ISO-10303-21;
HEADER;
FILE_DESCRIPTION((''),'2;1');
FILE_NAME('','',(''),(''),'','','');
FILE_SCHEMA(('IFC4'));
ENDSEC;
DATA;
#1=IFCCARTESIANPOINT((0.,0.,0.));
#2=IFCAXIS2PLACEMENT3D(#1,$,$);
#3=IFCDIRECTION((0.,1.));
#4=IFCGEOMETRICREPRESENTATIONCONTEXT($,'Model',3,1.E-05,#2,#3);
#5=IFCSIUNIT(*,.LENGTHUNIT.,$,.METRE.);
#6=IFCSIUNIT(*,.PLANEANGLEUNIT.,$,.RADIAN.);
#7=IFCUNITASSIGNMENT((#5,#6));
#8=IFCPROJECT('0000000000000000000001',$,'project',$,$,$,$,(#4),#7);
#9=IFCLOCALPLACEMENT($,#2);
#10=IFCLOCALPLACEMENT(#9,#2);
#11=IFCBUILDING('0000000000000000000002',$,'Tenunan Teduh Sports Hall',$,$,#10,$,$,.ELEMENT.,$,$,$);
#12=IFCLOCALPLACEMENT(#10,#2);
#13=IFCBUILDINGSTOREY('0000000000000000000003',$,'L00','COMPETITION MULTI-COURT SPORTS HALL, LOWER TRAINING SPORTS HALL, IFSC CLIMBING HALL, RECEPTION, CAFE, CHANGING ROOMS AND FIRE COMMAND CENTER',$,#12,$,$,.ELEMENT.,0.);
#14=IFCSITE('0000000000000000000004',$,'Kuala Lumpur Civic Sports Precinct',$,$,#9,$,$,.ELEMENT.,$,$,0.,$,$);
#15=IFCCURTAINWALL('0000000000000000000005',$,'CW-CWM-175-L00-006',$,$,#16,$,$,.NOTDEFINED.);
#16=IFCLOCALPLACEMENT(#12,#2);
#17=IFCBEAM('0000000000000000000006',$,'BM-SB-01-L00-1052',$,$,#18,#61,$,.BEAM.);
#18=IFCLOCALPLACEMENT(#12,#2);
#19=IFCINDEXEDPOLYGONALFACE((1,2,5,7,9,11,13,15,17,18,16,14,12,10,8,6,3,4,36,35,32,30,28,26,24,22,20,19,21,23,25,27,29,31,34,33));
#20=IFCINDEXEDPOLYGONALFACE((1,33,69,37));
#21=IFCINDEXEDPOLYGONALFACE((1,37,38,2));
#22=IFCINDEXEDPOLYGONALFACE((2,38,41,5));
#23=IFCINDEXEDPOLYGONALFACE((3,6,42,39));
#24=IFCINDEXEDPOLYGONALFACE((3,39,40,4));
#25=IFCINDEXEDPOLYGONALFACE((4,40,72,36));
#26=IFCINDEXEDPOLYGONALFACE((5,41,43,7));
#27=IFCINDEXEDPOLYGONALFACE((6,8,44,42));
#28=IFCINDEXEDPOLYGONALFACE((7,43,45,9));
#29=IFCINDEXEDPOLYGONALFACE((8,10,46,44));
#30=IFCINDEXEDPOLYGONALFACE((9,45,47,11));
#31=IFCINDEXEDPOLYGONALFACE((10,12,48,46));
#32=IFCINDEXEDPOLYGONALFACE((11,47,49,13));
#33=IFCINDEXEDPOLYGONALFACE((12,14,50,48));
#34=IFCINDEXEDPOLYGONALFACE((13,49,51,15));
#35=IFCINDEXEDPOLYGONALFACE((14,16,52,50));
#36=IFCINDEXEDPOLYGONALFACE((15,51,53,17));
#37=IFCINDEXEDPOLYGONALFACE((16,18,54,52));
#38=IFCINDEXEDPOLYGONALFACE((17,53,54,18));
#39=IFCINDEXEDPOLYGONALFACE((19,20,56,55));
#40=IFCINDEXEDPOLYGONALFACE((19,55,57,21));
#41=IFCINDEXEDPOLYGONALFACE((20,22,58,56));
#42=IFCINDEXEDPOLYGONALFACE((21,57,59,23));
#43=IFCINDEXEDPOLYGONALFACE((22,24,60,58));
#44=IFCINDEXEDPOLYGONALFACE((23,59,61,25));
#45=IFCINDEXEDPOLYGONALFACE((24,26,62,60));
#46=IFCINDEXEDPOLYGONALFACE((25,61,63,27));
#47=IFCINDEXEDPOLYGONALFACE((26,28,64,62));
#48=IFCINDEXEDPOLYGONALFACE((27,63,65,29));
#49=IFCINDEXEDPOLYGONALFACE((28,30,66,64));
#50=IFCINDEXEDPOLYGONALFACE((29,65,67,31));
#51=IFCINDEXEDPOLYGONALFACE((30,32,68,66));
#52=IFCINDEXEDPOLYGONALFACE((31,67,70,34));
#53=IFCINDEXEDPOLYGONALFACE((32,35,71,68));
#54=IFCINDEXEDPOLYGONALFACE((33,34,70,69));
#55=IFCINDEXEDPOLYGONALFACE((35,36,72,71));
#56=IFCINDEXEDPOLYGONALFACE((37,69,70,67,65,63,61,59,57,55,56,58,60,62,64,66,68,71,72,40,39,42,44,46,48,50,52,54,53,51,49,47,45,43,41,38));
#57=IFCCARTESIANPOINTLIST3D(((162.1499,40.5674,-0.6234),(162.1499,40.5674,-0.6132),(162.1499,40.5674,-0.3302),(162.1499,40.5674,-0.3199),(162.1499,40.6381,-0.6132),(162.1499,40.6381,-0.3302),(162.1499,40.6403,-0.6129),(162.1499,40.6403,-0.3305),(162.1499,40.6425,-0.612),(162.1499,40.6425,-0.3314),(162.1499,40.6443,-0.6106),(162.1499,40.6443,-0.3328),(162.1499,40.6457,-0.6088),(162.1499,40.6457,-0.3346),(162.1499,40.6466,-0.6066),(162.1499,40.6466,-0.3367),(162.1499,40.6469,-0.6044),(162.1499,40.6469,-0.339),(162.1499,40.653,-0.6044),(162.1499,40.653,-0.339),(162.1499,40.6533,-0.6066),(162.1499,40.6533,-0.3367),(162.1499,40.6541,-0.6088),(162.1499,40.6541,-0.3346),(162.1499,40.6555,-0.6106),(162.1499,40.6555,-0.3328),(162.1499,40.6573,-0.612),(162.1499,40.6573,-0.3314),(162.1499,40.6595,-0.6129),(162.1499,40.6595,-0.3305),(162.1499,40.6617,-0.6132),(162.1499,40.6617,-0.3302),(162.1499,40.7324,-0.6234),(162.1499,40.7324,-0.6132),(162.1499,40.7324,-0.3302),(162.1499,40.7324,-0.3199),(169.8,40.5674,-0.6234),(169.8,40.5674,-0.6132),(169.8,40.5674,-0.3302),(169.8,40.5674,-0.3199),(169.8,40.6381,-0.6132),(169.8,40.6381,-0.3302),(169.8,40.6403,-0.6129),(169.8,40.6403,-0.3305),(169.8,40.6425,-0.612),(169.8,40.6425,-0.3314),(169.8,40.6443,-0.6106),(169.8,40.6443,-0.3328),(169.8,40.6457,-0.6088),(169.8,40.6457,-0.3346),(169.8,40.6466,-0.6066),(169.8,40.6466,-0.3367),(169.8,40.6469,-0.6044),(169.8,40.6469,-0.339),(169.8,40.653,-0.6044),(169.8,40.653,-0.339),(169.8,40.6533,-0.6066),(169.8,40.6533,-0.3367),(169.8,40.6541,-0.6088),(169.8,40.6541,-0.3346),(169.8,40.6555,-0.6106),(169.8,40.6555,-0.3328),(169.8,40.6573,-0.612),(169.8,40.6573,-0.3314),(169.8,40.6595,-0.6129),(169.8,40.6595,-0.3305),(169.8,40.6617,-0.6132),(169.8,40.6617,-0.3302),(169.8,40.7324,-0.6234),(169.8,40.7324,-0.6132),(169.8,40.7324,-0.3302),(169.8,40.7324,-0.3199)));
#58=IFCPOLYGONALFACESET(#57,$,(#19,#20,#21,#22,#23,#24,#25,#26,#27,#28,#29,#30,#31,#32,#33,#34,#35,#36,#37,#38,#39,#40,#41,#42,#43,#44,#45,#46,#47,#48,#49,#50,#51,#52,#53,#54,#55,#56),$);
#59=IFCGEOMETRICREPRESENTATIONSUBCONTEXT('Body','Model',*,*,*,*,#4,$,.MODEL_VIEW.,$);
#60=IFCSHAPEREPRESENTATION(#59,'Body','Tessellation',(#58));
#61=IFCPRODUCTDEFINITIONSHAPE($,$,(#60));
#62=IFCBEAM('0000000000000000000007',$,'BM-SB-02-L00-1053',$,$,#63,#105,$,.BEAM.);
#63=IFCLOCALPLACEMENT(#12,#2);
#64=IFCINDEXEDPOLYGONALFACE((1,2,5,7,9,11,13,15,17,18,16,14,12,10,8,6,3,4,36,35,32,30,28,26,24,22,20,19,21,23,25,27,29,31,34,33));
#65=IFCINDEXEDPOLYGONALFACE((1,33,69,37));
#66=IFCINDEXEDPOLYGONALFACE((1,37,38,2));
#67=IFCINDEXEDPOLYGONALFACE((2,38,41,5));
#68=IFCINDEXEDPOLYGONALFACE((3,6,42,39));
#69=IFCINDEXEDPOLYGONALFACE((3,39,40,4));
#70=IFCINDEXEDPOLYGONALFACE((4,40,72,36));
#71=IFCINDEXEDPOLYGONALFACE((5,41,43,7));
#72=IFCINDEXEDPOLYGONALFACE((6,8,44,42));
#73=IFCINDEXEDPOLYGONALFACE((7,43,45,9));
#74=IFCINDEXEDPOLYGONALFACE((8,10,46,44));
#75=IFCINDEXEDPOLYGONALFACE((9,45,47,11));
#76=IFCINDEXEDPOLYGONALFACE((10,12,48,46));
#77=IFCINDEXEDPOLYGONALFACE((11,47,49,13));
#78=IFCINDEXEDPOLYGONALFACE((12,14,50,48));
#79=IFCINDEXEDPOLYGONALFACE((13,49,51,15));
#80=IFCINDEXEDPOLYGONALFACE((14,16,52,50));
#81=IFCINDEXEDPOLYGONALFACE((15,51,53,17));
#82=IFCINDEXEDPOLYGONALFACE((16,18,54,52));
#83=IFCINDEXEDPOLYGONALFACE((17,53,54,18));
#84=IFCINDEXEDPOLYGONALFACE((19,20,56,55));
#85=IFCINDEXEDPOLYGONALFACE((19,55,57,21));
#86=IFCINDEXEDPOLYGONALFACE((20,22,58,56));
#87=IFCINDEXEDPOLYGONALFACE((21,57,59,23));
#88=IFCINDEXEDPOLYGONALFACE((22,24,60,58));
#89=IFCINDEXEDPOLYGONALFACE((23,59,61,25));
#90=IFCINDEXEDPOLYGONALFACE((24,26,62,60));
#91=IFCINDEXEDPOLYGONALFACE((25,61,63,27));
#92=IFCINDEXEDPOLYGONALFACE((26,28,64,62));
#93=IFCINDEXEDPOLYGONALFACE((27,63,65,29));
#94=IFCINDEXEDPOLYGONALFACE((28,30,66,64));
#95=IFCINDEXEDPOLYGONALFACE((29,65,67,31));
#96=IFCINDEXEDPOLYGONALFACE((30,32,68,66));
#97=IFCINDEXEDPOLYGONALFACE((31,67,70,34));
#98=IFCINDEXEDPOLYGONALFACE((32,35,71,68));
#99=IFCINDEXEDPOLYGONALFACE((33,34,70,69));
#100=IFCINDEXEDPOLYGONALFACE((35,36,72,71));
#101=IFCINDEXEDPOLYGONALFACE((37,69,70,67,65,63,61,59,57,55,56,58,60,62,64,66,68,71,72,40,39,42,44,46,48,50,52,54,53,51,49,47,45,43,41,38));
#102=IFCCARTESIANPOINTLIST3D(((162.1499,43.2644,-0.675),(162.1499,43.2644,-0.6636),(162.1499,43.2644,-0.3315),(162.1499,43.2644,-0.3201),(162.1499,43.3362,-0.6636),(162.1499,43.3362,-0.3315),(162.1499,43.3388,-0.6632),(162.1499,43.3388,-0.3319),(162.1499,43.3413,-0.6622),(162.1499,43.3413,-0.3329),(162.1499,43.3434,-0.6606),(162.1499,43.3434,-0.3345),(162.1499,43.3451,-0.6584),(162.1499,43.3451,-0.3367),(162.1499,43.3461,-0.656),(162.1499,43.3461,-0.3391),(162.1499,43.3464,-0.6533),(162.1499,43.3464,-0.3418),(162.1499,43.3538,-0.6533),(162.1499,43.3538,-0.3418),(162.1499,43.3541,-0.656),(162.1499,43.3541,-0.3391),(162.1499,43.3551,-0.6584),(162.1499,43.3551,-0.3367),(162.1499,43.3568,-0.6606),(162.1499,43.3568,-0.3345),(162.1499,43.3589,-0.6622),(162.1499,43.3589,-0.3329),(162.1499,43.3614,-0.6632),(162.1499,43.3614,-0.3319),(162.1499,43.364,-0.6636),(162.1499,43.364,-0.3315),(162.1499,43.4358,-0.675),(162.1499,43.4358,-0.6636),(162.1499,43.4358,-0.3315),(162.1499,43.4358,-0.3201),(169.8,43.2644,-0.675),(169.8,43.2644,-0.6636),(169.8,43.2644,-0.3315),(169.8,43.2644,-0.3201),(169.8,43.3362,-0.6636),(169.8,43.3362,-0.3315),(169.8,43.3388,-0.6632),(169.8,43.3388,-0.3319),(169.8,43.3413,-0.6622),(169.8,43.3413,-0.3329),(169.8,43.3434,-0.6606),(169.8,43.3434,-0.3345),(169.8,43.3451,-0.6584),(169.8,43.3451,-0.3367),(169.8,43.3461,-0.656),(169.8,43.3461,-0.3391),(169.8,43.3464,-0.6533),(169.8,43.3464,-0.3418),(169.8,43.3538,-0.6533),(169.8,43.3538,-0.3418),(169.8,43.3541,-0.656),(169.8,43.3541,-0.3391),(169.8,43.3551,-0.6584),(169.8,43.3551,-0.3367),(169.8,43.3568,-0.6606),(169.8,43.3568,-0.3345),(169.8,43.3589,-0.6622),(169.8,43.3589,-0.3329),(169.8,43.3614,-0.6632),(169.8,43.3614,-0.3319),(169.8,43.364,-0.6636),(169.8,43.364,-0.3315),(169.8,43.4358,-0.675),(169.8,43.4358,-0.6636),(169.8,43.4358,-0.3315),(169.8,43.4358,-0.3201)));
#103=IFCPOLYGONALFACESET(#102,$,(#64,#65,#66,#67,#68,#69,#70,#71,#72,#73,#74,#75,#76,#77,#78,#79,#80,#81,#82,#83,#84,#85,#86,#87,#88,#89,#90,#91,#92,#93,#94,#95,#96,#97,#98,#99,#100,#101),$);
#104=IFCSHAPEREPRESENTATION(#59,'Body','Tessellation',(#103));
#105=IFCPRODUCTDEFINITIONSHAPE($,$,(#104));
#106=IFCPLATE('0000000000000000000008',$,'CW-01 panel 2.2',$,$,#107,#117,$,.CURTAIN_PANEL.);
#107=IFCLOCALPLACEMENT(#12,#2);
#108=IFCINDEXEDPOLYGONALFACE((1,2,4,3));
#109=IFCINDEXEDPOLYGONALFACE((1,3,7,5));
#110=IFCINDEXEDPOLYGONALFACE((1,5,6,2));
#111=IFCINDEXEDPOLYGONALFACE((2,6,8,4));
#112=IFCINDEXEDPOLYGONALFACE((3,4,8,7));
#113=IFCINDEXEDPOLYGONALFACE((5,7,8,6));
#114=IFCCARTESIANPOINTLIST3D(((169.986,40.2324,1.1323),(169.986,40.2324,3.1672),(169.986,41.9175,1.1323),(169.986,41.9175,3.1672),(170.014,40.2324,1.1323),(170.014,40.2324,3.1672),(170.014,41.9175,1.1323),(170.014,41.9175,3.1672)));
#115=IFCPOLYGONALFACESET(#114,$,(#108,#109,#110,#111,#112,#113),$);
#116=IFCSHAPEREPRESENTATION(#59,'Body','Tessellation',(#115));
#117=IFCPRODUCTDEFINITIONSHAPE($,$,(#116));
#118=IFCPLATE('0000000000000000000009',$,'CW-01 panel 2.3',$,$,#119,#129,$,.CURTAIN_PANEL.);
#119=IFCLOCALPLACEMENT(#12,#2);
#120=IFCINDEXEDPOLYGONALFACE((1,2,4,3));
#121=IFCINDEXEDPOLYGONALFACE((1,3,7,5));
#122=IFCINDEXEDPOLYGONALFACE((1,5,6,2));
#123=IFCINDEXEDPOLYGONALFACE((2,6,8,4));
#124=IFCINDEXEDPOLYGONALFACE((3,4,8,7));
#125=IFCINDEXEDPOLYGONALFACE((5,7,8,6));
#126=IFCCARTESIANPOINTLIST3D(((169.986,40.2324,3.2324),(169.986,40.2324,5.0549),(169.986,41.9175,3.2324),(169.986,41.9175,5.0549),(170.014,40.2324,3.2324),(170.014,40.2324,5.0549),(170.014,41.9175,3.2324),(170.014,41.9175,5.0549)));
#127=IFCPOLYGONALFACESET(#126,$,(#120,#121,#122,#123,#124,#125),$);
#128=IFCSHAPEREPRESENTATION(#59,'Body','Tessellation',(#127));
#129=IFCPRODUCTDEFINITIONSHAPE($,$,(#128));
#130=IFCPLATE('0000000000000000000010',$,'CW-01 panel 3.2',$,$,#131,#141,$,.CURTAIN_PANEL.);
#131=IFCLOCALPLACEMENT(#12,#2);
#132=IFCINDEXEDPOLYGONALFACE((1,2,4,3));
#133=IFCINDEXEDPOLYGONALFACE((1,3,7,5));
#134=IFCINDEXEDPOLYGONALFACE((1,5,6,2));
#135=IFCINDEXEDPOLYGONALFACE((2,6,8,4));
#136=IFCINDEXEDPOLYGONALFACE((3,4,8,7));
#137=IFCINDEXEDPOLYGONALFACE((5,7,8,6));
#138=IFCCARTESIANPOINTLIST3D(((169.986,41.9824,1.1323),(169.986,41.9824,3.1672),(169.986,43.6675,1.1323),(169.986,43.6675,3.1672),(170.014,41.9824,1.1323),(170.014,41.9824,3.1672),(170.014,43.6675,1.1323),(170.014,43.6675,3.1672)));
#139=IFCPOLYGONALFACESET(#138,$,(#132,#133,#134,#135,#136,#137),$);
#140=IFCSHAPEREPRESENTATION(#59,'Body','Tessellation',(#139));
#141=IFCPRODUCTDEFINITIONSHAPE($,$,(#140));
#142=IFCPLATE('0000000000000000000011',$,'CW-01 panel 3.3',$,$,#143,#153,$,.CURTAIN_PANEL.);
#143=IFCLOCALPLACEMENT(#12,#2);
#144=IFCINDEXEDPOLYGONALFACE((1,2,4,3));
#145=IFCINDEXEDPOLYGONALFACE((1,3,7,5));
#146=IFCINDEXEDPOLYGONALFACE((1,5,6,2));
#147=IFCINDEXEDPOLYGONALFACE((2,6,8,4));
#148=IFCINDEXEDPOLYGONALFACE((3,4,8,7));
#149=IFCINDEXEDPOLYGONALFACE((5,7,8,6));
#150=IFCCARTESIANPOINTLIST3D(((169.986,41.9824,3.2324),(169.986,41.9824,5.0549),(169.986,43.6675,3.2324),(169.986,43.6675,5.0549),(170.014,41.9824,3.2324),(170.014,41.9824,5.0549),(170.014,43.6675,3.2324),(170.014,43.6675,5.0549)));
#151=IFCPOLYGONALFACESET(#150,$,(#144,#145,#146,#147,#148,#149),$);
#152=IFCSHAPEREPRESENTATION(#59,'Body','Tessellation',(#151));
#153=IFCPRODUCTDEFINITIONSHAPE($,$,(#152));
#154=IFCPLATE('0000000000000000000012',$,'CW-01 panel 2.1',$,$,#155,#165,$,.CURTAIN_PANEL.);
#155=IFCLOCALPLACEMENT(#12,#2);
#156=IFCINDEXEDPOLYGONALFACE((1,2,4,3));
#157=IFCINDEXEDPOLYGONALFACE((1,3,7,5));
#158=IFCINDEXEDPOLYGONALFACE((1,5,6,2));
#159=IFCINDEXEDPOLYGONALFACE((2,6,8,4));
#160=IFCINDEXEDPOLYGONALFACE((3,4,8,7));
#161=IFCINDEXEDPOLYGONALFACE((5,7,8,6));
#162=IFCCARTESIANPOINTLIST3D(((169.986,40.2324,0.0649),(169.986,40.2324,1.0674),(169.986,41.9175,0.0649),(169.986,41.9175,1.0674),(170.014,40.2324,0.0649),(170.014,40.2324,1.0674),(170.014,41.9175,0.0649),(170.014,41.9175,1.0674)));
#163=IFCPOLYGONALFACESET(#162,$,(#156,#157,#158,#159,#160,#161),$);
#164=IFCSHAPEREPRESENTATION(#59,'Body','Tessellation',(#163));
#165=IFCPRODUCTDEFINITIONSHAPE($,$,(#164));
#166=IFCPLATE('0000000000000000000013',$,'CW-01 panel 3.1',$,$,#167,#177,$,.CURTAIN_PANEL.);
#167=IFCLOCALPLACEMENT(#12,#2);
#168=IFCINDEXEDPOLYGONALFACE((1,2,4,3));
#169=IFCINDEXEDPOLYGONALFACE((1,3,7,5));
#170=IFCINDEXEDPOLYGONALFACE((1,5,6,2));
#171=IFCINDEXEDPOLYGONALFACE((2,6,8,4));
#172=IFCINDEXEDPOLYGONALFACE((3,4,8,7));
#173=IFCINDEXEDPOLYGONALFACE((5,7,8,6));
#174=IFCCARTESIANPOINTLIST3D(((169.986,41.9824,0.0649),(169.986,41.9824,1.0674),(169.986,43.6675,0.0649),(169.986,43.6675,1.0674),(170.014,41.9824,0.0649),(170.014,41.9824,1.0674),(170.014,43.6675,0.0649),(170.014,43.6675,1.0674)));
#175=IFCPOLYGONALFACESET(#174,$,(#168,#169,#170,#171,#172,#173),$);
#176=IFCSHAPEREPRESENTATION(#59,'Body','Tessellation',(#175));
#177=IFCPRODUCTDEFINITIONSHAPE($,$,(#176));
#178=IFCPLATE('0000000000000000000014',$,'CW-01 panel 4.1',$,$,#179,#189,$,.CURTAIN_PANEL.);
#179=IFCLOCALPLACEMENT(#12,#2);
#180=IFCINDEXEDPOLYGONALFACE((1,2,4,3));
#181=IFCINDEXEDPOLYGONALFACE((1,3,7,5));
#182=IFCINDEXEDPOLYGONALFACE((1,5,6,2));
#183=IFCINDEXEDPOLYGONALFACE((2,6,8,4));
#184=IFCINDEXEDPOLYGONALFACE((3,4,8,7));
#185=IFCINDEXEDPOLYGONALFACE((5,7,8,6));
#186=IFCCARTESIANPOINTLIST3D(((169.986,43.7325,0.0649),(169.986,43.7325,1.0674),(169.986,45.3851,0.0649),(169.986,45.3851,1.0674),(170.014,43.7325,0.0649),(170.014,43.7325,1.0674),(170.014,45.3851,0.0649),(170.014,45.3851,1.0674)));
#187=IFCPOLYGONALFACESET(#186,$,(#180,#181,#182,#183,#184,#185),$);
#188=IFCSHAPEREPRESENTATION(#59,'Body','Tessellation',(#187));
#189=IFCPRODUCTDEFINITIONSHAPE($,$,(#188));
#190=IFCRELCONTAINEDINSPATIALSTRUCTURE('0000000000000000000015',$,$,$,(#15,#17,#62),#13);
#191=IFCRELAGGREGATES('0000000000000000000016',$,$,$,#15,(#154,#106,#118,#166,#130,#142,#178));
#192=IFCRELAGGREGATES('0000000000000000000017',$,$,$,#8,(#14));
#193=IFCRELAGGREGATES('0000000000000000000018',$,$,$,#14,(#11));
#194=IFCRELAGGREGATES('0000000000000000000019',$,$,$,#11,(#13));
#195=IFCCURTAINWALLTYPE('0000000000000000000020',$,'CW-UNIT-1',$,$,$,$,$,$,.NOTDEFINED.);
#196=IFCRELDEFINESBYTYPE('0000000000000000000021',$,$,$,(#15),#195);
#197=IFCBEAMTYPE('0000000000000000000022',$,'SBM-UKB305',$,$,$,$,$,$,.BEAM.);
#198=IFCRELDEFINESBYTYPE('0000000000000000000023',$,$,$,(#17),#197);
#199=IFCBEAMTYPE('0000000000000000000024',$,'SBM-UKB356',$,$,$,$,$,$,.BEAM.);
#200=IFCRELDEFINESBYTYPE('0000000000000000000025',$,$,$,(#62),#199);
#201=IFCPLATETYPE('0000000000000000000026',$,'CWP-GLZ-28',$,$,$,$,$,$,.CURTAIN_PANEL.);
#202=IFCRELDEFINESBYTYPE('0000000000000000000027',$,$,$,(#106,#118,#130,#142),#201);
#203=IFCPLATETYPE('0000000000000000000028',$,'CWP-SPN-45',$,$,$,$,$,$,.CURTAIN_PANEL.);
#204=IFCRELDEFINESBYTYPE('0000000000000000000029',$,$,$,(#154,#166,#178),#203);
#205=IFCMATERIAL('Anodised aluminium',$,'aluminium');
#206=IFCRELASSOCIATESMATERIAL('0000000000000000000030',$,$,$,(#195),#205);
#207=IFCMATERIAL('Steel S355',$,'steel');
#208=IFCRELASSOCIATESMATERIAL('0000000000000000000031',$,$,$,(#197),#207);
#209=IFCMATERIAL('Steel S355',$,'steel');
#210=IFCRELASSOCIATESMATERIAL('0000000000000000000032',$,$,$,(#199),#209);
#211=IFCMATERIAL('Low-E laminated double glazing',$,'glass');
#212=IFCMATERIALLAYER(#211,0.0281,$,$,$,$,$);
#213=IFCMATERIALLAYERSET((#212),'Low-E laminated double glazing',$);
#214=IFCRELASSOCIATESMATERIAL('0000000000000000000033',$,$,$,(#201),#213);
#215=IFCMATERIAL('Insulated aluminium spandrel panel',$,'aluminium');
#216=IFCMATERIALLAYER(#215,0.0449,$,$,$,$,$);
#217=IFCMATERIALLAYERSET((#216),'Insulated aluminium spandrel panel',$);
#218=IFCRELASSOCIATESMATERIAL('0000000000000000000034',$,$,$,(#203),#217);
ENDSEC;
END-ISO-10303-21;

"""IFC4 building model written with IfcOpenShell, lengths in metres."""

from ifc_helpers import new_model, si_unit, direction, frame, origin, origin_2d, place, context, subcontext, project, spatial, rectangle, i_section, extrude, material, layer, layer_set, material_profile, profile_set, type_object, element, aggregate, save


model = new_model("IFC4")

# Units and contexts
model_context = context("Model", 3, precision=1e-05, world=origin(), true_north=direction((0.0, 1.0)))
body_context = subcontext(model_context, "Body", "Model", "MODEL_VIEW")
ifc_project = project(units=[si_unit("LENGTHUNIT", "METRE"), si_unit("PLANEANGLEUNIT", "RADIAN")], contexts=[model_context])

# Site, building, storey
site_placement = place(None, origin())
site = spatial("IfcSite", under=ifc_project, at=site_placement, Name="Kuala Lumpur Civic Sports Precinct", CompositionType="ELEMENT", RefElevation=0.0)
building_placement = place(site_placement, origin())
building = spatial("IfcBuilding", under=site, at=building_placement, Name="Tenunan Teduh Sports Hall", CompositionType="ELEMENT")
storey_placement = place(building_placement, origin())
storey = spatial("IfcBuildingStorey", under=building, at=storey_placement, Name="L00", Description="COMPETITION MULTI-COURT SPORTS HALL, LOWER TRAINING SPORTS HALL, IFSC CLIMBING HALL, RECEPTION, CAFE, CHANGING ROOMS AND FIRE COMMAND CENTER", CompositionType="ELEMENT", Elevation=0.0)

# Curtain wall
ifc_material_1 = material(Name="Anodised aluminium", Category="aluminium")
curtain_wall_type = type_object("IfcCurtainWallType", Name="CW-UNIT-1", PredefinedType="NOTDEFINED", material=ifc_material_1)
curtain_wall_placement = place(storey_placement, origin())
curtain_wall = element("IfcCurtainWall", 1, at=curtain_wall_placement, inside=storey, type_object=curtain_wall_type, Name="CW-CWM-175-L00-006", PredefinedType="NOTDEFINED")

# Beams
ifc_material_2 = material(Name="Steel S355", Category="steel")
ifc_material_profile_1 = material_profile(ifc_material_2, i_section(OverallWidth=0.165, OverallDepth=0.3035, WebThickness=0.0061, FlangeThickness=0.0103, FilletRadius=0.0088, at=origin_2d()), Name="UKB 305x165x40")
ifc_profile_set_1 = profile_set([ifc_material_profile_1], Name="Steel S355")
beam_type_1 = type_object("IfcBeamType", Name="SBM-UKB305", PredefinedType="BEAM", material=ifc_profile_set_1)
beam_1_placement = place(storey_placement, frame((162.1499, 40.6499, -0.4717), z_axis=(1.0, 0.0, 0.0), x_axis=(0.0, 1.0, 0.0)))
element("IfcBeam", 2, at=beam_1_placement, inside=storey, type_object=beam_type_1, Name="BM-SB-01-L00-1052", PredefinedType="BEAM", context=body_context, shape_type="SweptSolid", body=[
    extrude(i_section(OverallWidth=0.165, OverallDepth=0.3035, WebThickness=0.0061, FlangeThickness=0.0103, FilletRadius=0.0088, at=origin_2d()), origin(), (0.0, 0.0, 1.0), 7.6501),
])
ifc_material_3 = material(Name="Steel S355", Category="steel")
ifc_material_profile_2 = material_profile(ifc_material_3, i_section(OverallWidth=0.1714, OverallDepth=0.355, WebThickness=0.0073, FlangeThickness=0.0115, FilletRadius=0.0103, at=origin_2d()), Name="UKB 356x171x51")
ifc_profile_set_2 = profile_set([ifc_material_profile_2], Name="Steel S355")
beam_type_2 = type_object("IfcBeamType", Name="SBM-UKB356", PredefinedType="BEAM", material=ifc_profile_set_2)
beam_2_placement = place(storey_placement, frame((162.1499, 43.3501, -0.4976), z_axis=(1.0, 0.0, 0.0), x_axis=(0.0, 1.0, 0.0)))
element("IfcBeam", 3, at=beam_2_placement, inside=storey, type_object=beam_type_2, Name="BM-SB-02-L00-1053", PredefinedType="BEAM", context=body_context, shape_type="SweptSolid", body=[
    extrude(i_section(OverallWidth=0.1714, OverallDepth=0.355, WebThickness=0.0073, FlangeThickness=0.0115, FilletRadius=0.0103, at=origin_2d()), origin(), (0.0, 0.0, 1.0), 7.6501),
])

# Plates
ifc_material_4 = material(Name="Low-E laminated double glazing", Category="glass")
ifc_layer_1 = layer(ifc_material_4, 0.0281)
ifc_layer_set_1 = layer_set([ifc_layer_1], Name="Low-E laminated double glazing")
plate_type_1 = type_object("IfcPlateType", Name="CWP-GLZ-28", PredefinedType="CURTAIN_PANEL", material=ifc_layer_set_1)
plate_1_placement = place(storey_placement, frame((170.0, 41.075, 1.1323), z_axis=(0.0, 0.0, 1.0), x_axis=(0.0, 1.0, 0.0)))
plate_1 = element("IfcPlate", 4, at=plate_1_placement, type_object=plate_type_1, Name="CW-01 panel 2.2", PredefinedType="CURTAIN_PANEL", context=body_context, shape_type="SweptSolid", body=[
    extrude(rectangle(XDim=1.6851, YDim=0.0281, at=origin_2d()), origin(), (0.0, 0.0, 1.0), 2.0349),
])
plate_2_placement = place(storey_placement, frame((170.0, 41.075, 3.2324), z_axis=(0.0, 0.0, 1.0), x_axis=(0.0, 1.0, 0.0)))
plate_2 = element("IfcPlate", 5, at=plate_2_placement, type_object=plate_type_1, Name="CW-01 panel 2.3", PredefinedType="CURTAIN_PANEL", context=body_context, shape_type="SweptSolid", body=[
    extrude(rectangle(XDim=1.6851, YDim=0.0281, at=origin_2d()), origin(), (0.0, 0.0, 1.0), 1.8225),
])
plate_3_placement = place(storey_placement, frame((170.0, 42.825, 1.1323), z_axis=(0.0, 0.0, 1.0), x_axis=(0.0, 1.0, 0.0)))
plate_3 = element("IfcPlate", 6, at=plate_3_placement, type_object=plate_type_1, Name="CW-01 panel 3.2", PredefinedType="CURTAIN_PANEL", context=body_context, shape_type="SweptSolid", body=[
    extrude(rectangle(XDim=1.6851, YDim=0.0281, at=origin_2d()), origin(), (0.0, 0.0, 1.0), 2.0349),
])
plate_4_placement = place(storey_placement, frame((170.0, 42.825, 3.2324), z_axis=(0.0, 0.0, 1.0), x_axis=(0.0, 1.0, 0.0)))
plate_4 = element("IfcPlate", 7, at=plate_4_placement, type_object=plate_type_1, Name="CW-01 panel 3.3", PredefinedType="CURTAIN_PANEL", context=body_context, shape_type="SweptSolid", body=[
    extrude(rectangle(XDim=1.6851, YDim=0.0281, at=origin_2d()), origin(), (0.0, 0.0, 1.0), 1.8225),
])
ifc_material_5 = material(Name="Insulated aluminium spandrel panel", Category="aluminium")
ifc_layer_2 = layer(ifc_material_5, 0.0449)
ifc_layer_set_2 = layer_set([ifc_layer_2], Name="Insulated aluminium spandrel panel")
plate_type_2 = type_object("IfcPlateType", Name="CWP-SPN-45", PredefinedType="CURTAIN_PANEL", material=ifc_layer_set_2)
plate_5_placement = place(storey_placement, frame((170.0, 41.075, 0.0649), z_axis=(0.0, 0.0, 1.0), x_axis=(0.0, 1.0, 0.0)))
plate_5 = element("IfcPlate", 8, at=plate_5_placement, type_object=plate_type_2, Name="CW-01 panel 2.1", PredefinedType="CURTAIN_PANEL", context=body_context, shape_type="SweptSolid", body=[
    extrude(rectangle(XDim=1.6851, YDim=0.0281, at=origin_2d()), origin(), (0.0, 0.0, 1.0), 1.0024),
])
plate_6_placement = place(storey_placement, frame((170.0, 42.825, 0.0649), z_axis=(0.0, 0.0, 1.0), x_axis=(0.0, 1.0, 0.0)))
plate_6 = element("IfcPlate", 9, at=plate_6_placement, type_object=plate_type_2, Name="CW-01 panel 3.1", PredefinedType="CURTAIN_PANEL", context=body_context, shape_type="SweptSolid", body=[
    extrude(rectangle(XDim=1.6851, YDim=0.0281, at=origin_2d()), origin(), (0.0, 0.0, 1.0), 1.0024),
])
plate_7_placement = place(storey_placement, frame((170.0, 44.5588, 0.0649), z_axis=(0.0, 0.0, 1.0), x_axis=(0.0, 1.0, 0.0)))
plate_7 = element("IfcPlate", 10, at=plate_7_placement, type_object=plate_type_2, Name="CW-01 panel 4.1", PredefinedType="CURTAIN_PANEL", context=body_context, shape_type="SweptSolid", body=[
    extrude(rectangle(XDim=1.6526, YDim=0.0281, at=origin_2d()), origin(), (0.0, 0.0, 1.0), 1.0024),
])
aggregate(curtain_wall, [plate_5, plate_1, plate_2, plate_6, plate_3, plate_4, plate_7])

save(model, "model.ifc")
